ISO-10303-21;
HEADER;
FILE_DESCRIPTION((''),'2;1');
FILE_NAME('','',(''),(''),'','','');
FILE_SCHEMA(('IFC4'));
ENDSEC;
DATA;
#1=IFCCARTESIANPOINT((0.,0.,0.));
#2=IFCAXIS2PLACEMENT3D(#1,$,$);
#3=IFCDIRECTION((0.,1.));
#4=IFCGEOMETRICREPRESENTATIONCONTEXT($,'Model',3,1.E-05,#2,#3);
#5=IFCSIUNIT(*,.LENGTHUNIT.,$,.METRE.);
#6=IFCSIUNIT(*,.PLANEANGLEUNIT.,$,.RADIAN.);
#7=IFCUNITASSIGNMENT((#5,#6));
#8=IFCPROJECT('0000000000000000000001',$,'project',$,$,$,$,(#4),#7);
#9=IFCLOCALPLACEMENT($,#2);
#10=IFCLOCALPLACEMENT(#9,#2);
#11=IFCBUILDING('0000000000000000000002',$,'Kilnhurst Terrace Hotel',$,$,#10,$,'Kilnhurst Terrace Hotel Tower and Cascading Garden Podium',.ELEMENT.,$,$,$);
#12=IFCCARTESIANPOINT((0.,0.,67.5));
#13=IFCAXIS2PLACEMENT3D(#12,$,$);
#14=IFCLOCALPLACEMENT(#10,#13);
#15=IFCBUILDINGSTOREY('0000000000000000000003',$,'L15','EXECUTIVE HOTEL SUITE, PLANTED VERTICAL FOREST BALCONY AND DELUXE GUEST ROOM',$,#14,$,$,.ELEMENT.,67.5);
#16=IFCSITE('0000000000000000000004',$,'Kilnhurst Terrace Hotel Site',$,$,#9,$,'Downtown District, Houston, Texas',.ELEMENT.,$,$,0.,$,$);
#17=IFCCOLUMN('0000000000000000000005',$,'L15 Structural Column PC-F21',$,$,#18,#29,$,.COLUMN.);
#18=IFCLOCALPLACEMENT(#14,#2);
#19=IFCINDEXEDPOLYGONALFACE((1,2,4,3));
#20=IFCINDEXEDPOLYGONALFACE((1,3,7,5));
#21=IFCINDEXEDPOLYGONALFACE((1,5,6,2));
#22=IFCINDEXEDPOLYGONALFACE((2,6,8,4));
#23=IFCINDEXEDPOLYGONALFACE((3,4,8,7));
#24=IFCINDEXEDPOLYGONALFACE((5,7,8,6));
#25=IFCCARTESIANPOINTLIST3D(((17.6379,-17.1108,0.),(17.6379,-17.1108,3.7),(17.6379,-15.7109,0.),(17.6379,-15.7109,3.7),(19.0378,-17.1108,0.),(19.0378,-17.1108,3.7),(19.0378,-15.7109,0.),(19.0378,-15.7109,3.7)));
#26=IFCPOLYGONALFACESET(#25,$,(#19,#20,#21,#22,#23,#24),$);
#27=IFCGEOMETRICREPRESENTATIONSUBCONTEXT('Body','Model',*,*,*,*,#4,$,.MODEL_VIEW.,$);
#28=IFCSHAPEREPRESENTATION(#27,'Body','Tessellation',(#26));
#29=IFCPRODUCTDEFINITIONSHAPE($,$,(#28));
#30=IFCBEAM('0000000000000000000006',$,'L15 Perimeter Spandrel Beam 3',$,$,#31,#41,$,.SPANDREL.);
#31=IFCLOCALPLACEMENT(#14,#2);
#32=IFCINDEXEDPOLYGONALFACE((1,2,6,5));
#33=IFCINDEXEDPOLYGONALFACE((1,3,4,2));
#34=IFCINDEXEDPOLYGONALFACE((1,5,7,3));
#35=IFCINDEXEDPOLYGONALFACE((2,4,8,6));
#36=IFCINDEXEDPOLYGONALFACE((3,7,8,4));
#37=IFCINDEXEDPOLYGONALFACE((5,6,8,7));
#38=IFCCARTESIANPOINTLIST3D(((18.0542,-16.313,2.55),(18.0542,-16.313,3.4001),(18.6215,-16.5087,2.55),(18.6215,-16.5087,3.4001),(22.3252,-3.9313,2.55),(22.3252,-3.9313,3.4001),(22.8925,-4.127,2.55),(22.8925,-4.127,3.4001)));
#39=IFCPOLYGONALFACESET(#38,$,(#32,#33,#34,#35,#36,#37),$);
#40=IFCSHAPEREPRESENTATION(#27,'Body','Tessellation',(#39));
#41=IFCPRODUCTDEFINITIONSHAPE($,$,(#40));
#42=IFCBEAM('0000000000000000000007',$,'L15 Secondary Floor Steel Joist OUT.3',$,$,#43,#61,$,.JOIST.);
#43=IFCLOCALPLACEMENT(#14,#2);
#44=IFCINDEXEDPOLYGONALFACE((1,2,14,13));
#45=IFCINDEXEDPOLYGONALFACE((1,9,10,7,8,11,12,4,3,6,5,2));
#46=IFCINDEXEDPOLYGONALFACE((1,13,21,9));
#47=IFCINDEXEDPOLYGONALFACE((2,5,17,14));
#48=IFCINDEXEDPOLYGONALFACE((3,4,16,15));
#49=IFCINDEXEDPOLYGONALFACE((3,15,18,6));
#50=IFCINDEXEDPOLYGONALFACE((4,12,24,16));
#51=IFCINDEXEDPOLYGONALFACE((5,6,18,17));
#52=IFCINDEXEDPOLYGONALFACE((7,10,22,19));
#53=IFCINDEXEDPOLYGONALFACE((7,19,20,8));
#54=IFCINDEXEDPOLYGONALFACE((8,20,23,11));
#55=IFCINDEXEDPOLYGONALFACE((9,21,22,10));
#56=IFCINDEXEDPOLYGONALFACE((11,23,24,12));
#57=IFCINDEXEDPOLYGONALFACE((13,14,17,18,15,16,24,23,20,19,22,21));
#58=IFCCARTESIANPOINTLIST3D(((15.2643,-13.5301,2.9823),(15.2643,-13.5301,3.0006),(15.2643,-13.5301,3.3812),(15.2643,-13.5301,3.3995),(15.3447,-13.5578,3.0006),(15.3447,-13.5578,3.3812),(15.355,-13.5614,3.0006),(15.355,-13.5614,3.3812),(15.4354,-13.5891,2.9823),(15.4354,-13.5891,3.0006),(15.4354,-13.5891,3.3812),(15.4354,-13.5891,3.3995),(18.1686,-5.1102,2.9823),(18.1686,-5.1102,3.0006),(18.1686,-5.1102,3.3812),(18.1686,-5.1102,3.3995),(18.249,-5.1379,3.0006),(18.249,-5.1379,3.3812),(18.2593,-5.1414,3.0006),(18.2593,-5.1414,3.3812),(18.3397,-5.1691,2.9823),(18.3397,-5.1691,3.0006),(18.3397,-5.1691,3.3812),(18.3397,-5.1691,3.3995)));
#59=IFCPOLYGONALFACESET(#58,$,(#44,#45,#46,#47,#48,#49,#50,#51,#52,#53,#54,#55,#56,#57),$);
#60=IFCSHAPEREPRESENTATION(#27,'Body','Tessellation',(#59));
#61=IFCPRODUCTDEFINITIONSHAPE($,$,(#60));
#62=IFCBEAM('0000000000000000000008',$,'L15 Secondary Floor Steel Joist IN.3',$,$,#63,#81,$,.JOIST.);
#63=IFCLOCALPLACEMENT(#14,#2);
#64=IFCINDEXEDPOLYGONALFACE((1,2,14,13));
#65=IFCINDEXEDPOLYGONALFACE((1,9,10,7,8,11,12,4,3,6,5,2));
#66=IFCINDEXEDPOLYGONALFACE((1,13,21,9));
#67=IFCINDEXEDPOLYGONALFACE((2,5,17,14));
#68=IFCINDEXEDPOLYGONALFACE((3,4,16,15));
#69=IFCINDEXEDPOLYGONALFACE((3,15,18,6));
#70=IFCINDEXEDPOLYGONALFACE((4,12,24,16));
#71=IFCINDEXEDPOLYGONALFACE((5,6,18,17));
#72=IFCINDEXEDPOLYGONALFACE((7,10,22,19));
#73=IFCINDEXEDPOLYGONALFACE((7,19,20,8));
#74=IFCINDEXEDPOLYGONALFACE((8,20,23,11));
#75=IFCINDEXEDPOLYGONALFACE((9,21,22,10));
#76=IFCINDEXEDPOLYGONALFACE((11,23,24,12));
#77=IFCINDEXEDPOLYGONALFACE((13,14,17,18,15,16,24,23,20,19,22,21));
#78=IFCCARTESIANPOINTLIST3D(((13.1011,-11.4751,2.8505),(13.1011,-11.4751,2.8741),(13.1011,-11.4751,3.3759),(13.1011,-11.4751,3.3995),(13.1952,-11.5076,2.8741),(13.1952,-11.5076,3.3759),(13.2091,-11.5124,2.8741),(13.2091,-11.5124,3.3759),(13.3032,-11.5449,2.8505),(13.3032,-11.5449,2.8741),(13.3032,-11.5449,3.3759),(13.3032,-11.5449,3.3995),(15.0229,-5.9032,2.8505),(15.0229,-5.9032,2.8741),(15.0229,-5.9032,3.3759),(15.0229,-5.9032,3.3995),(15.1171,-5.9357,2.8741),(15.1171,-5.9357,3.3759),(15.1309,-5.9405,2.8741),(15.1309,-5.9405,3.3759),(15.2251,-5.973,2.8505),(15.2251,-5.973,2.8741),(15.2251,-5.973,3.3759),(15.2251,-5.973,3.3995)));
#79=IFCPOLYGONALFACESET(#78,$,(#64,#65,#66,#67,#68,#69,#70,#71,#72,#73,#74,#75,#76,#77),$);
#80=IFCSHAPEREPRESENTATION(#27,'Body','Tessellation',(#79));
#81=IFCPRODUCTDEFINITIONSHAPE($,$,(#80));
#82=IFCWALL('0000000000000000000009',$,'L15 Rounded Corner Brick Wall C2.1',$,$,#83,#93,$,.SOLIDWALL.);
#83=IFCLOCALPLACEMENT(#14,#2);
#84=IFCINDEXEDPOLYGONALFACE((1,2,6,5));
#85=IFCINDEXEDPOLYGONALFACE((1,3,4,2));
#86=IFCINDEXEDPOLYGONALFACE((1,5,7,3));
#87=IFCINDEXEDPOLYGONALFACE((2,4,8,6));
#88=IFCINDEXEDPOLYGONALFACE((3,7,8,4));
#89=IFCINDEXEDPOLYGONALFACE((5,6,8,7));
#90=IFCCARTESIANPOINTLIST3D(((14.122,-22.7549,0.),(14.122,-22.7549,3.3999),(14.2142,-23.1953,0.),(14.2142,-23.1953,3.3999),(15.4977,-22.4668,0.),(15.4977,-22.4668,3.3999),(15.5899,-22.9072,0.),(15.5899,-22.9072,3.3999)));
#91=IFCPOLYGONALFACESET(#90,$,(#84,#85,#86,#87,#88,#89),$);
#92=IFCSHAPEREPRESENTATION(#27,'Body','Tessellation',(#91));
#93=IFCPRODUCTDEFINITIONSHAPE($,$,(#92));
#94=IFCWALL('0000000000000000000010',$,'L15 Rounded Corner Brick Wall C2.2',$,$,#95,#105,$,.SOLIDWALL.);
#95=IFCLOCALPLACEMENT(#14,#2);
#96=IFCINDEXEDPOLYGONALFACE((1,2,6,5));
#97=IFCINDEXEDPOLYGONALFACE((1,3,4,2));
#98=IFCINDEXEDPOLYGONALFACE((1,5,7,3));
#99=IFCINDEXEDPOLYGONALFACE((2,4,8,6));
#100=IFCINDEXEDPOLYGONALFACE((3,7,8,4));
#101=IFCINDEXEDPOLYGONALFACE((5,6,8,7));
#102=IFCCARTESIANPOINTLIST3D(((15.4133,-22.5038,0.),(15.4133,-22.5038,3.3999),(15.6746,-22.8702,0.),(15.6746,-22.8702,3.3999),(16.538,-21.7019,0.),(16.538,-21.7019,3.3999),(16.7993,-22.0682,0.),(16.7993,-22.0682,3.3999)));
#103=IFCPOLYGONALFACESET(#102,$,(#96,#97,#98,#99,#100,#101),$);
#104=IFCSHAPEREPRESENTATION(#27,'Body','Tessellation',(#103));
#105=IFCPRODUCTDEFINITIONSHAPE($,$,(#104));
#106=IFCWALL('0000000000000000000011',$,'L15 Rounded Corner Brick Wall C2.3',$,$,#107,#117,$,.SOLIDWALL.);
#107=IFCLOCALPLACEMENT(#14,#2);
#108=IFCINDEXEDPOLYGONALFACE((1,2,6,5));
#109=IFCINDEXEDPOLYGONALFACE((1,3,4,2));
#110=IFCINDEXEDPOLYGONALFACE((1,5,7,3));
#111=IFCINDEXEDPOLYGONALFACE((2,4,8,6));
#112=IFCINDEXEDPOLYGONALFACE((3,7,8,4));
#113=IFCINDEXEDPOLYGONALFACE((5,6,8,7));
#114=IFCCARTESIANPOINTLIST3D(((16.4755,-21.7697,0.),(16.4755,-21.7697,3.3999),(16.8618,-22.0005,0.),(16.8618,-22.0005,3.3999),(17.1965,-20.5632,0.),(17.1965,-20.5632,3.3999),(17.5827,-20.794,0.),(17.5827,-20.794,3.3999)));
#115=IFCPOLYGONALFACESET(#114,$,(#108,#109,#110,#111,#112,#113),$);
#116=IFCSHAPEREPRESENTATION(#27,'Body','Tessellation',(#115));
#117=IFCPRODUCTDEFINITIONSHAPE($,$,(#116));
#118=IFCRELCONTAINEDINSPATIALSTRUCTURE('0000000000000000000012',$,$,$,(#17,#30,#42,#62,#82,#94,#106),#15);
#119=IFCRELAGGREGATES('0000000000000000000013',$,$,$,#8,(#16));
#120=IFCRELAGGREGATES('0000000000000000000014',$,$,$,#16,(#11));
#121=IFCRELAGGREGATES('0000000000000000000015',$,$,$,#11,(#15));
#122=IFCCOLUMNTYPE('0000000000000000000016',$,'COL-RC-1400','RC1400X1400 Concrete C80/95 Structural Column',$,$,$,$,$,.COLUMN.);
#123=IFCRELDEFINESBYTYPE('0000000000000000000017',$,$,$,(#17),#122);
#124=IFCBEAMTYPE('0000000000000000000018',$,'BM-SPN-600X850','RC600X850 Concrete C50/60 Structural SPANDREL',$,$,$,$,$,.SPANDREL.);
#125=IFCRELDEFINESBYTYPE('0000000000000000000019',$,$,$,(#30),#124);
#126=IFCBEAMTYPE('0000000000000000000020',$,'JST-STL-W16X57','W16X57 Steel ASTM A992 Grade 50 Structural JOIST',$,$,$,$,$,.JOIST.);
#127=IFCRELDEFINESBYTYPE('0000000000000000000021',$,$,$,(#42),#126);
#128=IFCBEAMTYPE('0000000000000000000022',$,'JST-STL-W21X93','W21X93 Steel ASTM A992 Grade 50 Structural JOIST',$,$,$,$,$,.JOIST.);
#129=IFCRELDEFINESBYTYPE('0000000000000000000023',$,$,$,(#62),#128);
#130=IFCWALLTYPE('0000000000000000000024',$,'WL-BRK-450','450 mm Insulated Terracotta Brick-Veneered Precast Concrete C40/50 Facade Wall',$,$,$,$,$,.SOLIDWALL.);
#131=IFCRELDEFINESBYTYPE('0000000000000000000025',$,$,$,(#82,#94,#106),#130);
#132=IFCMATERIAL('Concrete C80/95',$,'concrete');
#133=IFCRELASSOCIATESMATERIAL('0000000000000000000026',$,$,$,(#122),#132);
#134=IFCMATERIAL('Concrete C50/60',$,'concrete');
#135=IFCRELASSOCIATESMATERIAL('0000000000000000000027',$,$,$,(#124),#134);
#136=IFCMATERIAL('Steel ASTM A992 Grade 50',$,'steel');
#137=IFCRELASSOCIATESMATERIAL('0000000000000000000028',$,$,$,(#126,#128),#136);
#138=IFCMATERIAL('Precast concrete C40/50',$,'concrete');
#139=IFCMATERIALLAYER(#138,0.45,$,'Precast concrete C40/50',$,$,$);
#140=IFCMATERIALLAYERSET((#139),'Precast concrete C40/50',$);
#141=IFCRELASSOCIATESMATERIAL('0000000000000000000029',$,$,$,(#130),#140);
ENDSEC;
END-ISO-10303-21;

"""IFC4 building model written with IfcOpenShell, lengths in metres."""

from ifc_helpers import new_model, si_unit, direction, frame, frame_2d, origin, origin_2d, place, context, subcontext, project, spatial, rectangle, i_section, extrude, material, layer, layer_set, material_profile, profile_set, type_object, element, save


model = new_model("IFC4")

# Units and contexts
model_context = context("Model", 3, precision=1e-05, world=origin(), true_north=direction((0.0, 1.0)))
body_context = subcontext(model_context, "Body", "Model", "MODEL_VIEW")
ifc_project = project(units=[si_unit("LENGTHUNIT", "METRE"), si_unit("PLANEANGLEUNIT", "RADIAN")], contexts=[model_context])

# Site, building, storey
site_placement = place(None, origin())
site = spatial("IfcSite", under=ifc_project, at=site_placement, Name="Kilnhurst Terrace Hotel Site", LongName="Downtown District, Houston, Texas", CompositionType="ELEMENT", RefElevation=0.0)
building_placement = place(site_placement, origin())
building = spatial("IfcBuilding", under=site, at=building_placement, Name="Kilnhurst Terrace Hotel", LongName="Kilnhurst Terrace Hotel Tower and Cascading Garden Podium", CompositionType="ELEMENT")
storey_placement = place(building_placement, frame((0.0, 0.0, 67.5)))
storey = spatial("IfcBuildingStorey", under=building, at=storey_placement, Name="L15", Description="EXECUTIVE HOTEL SUITE, PLANTED VERTICAL FOREST BALCONY AND DELUXE GUEST ROOM", CompositionType="ELEMENT", Elevation=67.5)

# Column
ifc_material_1 = material(Name="Concrete C80/95", Category="concrete")
ifc_material_profile_1 = material_profile(ifc_material_1, rectangle(XDim=1.3999, YDim=1.3999, at=origin_2d()), Name="RC1400X1400")
ifc_profile_set_1 = profile_set([ifc_material_profile_1], Name="Concrete C80/95")
column_type = type_object("IfcColumnType", Name="COL-RC-1400", Description="RC1400X1400 Concrete C80/95 Structural Column", PredefinedType="COLUMN", material=ifc_profile_set_1)
column_placement = place(storey_placement, frame((18.3379, -16.4109, 0.0), z_axis=(0.0, 0.0, 1.0), x_axis=(1.0, 0.0, 0.0)))
element("IfcColumn", 1, at=column_placement, inside=storey, type_object=column_type, Name="L15 Structural Column PC-F21", PredefinedType="COLUMN", context=body_context, shape_type="SweptSolid", body=[
    extrude(rectangle(XDim=1.3999, YDim=1.3999, at=origin_2d()), origin(), (0.0, 0.0, 1.0), 3.7),
])

# Beams
ifc_material_2 = material(Name="Concrete C50/60", Category="concrete")
ifc_material_profile_2 = material_profile(ifc_material_2, rectangle(XDim=0.6001, YDim=0.8501, at=origin_2d()), Name="RC600X850")
ifc_profile_set_2 = profile_set([ifc_material_profile_2], Name="Concrete C50/60")
beam_type_1 = type_object("IfcBeamType", Name="BM-SPN-600X850", Description="RC600X850 Concrete C50/60 Structural SPANDREL", PredefinedType="SPANDREL", material=ifc_profile_set_2)
beam_1_placement = place(storey_placement, frame((18.3379, -16.4109, 2.9751), z_axis=(0.326086, 0.94534, 0.0), x_axis=(-0.94534, 0.326086, 0.0)))
element("IfcBeam", 2, at=beam_1_placement, inside=storey, type_object=beam_type_1, Name="L15 Perimeter Spandrel Beam 3", PredefinedType="SPANDREL", context=body_context, shape_type="SweptSolid", body=[
    extrude(rectangle(XDim=0.6001, YDim=0.8501, at=origin_2d()), origin(), (0.0, 0.0, 1.0), 13.0977),
])
ifc_material_3 = material(Name="Steel ASTM A992 Grade 50", Category="steel")
ifc_material_profile_3 = material_profile(ifc_material_3, i_section(OverallWidth=0.1809, OverallDepth=0.4172, WebThickness=0.011, FlangeThickness=0.0183, at=origin_2d()), Name="W16X57")
ifc_profile_set_3 = profile_set([ifc_material_profile_3], Name="Steel ASTM A992 Grade 50")
beam_type_2 = type_object("IfcBeamType", Name="JST-STL-W16X57", Description="W16X57 Steel ASTM A992 Grade 50 Structural JOIST", PredefinedType="JOIST", material=ifc_profile_set_3)
beam_2_placement = place(storey_placement, frame((15.3499, -13.5596, 3.1909), z_axis=(0.326079, 0.945343, 0.0), x_axis=(-0.945343, 0.326079, 0.0)))
element("IfcBeam", 3, at=beam_2_placement, inside=storey, type_object=beam_type_2, Name="L15 Secondary Floor Steel Joist OUT.3", PredefinedType="JOIST", context=body_context, shape_type="SweptSolid", body=[
    extrude(i_section(OverallWidth=0.1809, OverallDepth=0.4172, WebThickness=0.011, FlangeThickness=0.0183, at=origin_2d()), origin(), (0.0, 0.0, 1.0), 8.9067),
])
ifc_material_profile_4 = material_profile(ifc_material_3, i_section(OverallWidth=0.2139, OverallDepth=0.5491, WebThickness=0.0146, FlangeThickness=0.0237, at=origin_2d()), Name="W21X93")
ifc_profile_set_4 = profile_set([ifc_material_profile_4], Name="Steel ASTM A992 Grade 50")
beam_type_3 = type_object("IfcBeamType", Name="JST-STL-W21X93", Description="W21X93 Steel ASTM A992 Grade 50 Structural JOIST", PredefinedType="JOIST", material=ifc_profile_set_4)
beam_3_placement = place(storey_placement, frame((13.2021, -11.51, 3.125), z_axis=(0.326065, 0.945347, 0.0), x_axis=(-0.945347, 0.326065, 0.0)))
element("IfcBeam", 4, at=beam_3_placement, inside=storey, type_object=beam_type_3, Name="L15 Secondary Floor Steel Joist IN.3", PredefinedType="JOIST", context=body_context, shape_type="SweptSolid", body=[
    extrude(i_section(OverallWidth=0.2139, OverallDepth=0.5491, WebThickness=0.0146, FlangeThickness=0.0237, at=origin_2d()), origin(), (0.0, 0.0, 1.0), 5.894),
])

# Walls
ifc_material_4 = material(Name="Precast concrete C40/50", Category="concrete")
ifc_layer_1 = layer(ifc_material_4, 0.45, Name="Precast concrete C40/50")
ifc_layer_set_1 = layer_set([ifc_layer_1], Name="Precast concrete C40/50")
wall_type_1 = type_object("IfcWallType", Name="WL-BRK-450", Description="450 mm Insulated Terracotta Brick-Veneered Precast Concrete C40/50 Facade Wall", PredefinedType="SOLIDWALL", material=ifc_layer_set_1)
wall_1_placement = place(storey_placement, frame((14.1682, -22.9751, 0.0), z_axis=(0.0, 0.0, 1.0), x_axis=(0.97877, 0.20496, 0.0)))
element("IfcWall", 5, at=wall_1_placement, inside=storey, type_object=wall_type_1, Name="L15 Rounded Corner Brick Wall C2.1", PredefinedType="SOLIDWALL", context=body_context, shape_type="SweptSolid", body=[
    extrude(rectangle(XDim=1.4055, YDim=0.45, at=frame_2d((0.7026, 0.0))), origin(), (0.0, 0.0, 1.0), 3.3999),
])
wall_2_placement = place(storey_placement, frame((15.5439, -22.687, 0.0), z_axis=(0.0, 0.0, 1.0), x_axis=(0.814211, 0.580569, 0.0)))
element("IfcWall", 6, at=wall_2_placement, inside=storey, type_object=wall_type_1, Name="L15 Rounded Corner Brick Wall C2.2", PredefinedType="SOLIDWALL", context=body_context, shape_type="SweptSolid", body=[
    extrude(rectangle(XDim=1.3813, YDim=0.45, at=frame_2d((0.6907, 0.0))), origin(), (0.0, 0.0, 1.0), 3.3999),
])
wall_3_placement = place(storey_placement, frame((16.6687, -21.885, 0.0), z_axis=(0.0, 0.0, 1.0), x_axis=(0.512937, 0.858426, 0.0)))
element("IfcWall", 7, at=wall_3_placement, inside=storey, type_object=wall_type_1, Name="L15 Rounded Corner Brick Wall C2.3", PredefinedType="SOLIDWALL", context=body_context, shape_type="SweptSolid", body=[
    extrude(rectangle(XDim=1.4055, YDim=0.45, at=frame_2d((0.7026, 0.0))), origin(), (0.0, 0.0, 1.0), 3.3999),
])

save(model, "model.ifc")
